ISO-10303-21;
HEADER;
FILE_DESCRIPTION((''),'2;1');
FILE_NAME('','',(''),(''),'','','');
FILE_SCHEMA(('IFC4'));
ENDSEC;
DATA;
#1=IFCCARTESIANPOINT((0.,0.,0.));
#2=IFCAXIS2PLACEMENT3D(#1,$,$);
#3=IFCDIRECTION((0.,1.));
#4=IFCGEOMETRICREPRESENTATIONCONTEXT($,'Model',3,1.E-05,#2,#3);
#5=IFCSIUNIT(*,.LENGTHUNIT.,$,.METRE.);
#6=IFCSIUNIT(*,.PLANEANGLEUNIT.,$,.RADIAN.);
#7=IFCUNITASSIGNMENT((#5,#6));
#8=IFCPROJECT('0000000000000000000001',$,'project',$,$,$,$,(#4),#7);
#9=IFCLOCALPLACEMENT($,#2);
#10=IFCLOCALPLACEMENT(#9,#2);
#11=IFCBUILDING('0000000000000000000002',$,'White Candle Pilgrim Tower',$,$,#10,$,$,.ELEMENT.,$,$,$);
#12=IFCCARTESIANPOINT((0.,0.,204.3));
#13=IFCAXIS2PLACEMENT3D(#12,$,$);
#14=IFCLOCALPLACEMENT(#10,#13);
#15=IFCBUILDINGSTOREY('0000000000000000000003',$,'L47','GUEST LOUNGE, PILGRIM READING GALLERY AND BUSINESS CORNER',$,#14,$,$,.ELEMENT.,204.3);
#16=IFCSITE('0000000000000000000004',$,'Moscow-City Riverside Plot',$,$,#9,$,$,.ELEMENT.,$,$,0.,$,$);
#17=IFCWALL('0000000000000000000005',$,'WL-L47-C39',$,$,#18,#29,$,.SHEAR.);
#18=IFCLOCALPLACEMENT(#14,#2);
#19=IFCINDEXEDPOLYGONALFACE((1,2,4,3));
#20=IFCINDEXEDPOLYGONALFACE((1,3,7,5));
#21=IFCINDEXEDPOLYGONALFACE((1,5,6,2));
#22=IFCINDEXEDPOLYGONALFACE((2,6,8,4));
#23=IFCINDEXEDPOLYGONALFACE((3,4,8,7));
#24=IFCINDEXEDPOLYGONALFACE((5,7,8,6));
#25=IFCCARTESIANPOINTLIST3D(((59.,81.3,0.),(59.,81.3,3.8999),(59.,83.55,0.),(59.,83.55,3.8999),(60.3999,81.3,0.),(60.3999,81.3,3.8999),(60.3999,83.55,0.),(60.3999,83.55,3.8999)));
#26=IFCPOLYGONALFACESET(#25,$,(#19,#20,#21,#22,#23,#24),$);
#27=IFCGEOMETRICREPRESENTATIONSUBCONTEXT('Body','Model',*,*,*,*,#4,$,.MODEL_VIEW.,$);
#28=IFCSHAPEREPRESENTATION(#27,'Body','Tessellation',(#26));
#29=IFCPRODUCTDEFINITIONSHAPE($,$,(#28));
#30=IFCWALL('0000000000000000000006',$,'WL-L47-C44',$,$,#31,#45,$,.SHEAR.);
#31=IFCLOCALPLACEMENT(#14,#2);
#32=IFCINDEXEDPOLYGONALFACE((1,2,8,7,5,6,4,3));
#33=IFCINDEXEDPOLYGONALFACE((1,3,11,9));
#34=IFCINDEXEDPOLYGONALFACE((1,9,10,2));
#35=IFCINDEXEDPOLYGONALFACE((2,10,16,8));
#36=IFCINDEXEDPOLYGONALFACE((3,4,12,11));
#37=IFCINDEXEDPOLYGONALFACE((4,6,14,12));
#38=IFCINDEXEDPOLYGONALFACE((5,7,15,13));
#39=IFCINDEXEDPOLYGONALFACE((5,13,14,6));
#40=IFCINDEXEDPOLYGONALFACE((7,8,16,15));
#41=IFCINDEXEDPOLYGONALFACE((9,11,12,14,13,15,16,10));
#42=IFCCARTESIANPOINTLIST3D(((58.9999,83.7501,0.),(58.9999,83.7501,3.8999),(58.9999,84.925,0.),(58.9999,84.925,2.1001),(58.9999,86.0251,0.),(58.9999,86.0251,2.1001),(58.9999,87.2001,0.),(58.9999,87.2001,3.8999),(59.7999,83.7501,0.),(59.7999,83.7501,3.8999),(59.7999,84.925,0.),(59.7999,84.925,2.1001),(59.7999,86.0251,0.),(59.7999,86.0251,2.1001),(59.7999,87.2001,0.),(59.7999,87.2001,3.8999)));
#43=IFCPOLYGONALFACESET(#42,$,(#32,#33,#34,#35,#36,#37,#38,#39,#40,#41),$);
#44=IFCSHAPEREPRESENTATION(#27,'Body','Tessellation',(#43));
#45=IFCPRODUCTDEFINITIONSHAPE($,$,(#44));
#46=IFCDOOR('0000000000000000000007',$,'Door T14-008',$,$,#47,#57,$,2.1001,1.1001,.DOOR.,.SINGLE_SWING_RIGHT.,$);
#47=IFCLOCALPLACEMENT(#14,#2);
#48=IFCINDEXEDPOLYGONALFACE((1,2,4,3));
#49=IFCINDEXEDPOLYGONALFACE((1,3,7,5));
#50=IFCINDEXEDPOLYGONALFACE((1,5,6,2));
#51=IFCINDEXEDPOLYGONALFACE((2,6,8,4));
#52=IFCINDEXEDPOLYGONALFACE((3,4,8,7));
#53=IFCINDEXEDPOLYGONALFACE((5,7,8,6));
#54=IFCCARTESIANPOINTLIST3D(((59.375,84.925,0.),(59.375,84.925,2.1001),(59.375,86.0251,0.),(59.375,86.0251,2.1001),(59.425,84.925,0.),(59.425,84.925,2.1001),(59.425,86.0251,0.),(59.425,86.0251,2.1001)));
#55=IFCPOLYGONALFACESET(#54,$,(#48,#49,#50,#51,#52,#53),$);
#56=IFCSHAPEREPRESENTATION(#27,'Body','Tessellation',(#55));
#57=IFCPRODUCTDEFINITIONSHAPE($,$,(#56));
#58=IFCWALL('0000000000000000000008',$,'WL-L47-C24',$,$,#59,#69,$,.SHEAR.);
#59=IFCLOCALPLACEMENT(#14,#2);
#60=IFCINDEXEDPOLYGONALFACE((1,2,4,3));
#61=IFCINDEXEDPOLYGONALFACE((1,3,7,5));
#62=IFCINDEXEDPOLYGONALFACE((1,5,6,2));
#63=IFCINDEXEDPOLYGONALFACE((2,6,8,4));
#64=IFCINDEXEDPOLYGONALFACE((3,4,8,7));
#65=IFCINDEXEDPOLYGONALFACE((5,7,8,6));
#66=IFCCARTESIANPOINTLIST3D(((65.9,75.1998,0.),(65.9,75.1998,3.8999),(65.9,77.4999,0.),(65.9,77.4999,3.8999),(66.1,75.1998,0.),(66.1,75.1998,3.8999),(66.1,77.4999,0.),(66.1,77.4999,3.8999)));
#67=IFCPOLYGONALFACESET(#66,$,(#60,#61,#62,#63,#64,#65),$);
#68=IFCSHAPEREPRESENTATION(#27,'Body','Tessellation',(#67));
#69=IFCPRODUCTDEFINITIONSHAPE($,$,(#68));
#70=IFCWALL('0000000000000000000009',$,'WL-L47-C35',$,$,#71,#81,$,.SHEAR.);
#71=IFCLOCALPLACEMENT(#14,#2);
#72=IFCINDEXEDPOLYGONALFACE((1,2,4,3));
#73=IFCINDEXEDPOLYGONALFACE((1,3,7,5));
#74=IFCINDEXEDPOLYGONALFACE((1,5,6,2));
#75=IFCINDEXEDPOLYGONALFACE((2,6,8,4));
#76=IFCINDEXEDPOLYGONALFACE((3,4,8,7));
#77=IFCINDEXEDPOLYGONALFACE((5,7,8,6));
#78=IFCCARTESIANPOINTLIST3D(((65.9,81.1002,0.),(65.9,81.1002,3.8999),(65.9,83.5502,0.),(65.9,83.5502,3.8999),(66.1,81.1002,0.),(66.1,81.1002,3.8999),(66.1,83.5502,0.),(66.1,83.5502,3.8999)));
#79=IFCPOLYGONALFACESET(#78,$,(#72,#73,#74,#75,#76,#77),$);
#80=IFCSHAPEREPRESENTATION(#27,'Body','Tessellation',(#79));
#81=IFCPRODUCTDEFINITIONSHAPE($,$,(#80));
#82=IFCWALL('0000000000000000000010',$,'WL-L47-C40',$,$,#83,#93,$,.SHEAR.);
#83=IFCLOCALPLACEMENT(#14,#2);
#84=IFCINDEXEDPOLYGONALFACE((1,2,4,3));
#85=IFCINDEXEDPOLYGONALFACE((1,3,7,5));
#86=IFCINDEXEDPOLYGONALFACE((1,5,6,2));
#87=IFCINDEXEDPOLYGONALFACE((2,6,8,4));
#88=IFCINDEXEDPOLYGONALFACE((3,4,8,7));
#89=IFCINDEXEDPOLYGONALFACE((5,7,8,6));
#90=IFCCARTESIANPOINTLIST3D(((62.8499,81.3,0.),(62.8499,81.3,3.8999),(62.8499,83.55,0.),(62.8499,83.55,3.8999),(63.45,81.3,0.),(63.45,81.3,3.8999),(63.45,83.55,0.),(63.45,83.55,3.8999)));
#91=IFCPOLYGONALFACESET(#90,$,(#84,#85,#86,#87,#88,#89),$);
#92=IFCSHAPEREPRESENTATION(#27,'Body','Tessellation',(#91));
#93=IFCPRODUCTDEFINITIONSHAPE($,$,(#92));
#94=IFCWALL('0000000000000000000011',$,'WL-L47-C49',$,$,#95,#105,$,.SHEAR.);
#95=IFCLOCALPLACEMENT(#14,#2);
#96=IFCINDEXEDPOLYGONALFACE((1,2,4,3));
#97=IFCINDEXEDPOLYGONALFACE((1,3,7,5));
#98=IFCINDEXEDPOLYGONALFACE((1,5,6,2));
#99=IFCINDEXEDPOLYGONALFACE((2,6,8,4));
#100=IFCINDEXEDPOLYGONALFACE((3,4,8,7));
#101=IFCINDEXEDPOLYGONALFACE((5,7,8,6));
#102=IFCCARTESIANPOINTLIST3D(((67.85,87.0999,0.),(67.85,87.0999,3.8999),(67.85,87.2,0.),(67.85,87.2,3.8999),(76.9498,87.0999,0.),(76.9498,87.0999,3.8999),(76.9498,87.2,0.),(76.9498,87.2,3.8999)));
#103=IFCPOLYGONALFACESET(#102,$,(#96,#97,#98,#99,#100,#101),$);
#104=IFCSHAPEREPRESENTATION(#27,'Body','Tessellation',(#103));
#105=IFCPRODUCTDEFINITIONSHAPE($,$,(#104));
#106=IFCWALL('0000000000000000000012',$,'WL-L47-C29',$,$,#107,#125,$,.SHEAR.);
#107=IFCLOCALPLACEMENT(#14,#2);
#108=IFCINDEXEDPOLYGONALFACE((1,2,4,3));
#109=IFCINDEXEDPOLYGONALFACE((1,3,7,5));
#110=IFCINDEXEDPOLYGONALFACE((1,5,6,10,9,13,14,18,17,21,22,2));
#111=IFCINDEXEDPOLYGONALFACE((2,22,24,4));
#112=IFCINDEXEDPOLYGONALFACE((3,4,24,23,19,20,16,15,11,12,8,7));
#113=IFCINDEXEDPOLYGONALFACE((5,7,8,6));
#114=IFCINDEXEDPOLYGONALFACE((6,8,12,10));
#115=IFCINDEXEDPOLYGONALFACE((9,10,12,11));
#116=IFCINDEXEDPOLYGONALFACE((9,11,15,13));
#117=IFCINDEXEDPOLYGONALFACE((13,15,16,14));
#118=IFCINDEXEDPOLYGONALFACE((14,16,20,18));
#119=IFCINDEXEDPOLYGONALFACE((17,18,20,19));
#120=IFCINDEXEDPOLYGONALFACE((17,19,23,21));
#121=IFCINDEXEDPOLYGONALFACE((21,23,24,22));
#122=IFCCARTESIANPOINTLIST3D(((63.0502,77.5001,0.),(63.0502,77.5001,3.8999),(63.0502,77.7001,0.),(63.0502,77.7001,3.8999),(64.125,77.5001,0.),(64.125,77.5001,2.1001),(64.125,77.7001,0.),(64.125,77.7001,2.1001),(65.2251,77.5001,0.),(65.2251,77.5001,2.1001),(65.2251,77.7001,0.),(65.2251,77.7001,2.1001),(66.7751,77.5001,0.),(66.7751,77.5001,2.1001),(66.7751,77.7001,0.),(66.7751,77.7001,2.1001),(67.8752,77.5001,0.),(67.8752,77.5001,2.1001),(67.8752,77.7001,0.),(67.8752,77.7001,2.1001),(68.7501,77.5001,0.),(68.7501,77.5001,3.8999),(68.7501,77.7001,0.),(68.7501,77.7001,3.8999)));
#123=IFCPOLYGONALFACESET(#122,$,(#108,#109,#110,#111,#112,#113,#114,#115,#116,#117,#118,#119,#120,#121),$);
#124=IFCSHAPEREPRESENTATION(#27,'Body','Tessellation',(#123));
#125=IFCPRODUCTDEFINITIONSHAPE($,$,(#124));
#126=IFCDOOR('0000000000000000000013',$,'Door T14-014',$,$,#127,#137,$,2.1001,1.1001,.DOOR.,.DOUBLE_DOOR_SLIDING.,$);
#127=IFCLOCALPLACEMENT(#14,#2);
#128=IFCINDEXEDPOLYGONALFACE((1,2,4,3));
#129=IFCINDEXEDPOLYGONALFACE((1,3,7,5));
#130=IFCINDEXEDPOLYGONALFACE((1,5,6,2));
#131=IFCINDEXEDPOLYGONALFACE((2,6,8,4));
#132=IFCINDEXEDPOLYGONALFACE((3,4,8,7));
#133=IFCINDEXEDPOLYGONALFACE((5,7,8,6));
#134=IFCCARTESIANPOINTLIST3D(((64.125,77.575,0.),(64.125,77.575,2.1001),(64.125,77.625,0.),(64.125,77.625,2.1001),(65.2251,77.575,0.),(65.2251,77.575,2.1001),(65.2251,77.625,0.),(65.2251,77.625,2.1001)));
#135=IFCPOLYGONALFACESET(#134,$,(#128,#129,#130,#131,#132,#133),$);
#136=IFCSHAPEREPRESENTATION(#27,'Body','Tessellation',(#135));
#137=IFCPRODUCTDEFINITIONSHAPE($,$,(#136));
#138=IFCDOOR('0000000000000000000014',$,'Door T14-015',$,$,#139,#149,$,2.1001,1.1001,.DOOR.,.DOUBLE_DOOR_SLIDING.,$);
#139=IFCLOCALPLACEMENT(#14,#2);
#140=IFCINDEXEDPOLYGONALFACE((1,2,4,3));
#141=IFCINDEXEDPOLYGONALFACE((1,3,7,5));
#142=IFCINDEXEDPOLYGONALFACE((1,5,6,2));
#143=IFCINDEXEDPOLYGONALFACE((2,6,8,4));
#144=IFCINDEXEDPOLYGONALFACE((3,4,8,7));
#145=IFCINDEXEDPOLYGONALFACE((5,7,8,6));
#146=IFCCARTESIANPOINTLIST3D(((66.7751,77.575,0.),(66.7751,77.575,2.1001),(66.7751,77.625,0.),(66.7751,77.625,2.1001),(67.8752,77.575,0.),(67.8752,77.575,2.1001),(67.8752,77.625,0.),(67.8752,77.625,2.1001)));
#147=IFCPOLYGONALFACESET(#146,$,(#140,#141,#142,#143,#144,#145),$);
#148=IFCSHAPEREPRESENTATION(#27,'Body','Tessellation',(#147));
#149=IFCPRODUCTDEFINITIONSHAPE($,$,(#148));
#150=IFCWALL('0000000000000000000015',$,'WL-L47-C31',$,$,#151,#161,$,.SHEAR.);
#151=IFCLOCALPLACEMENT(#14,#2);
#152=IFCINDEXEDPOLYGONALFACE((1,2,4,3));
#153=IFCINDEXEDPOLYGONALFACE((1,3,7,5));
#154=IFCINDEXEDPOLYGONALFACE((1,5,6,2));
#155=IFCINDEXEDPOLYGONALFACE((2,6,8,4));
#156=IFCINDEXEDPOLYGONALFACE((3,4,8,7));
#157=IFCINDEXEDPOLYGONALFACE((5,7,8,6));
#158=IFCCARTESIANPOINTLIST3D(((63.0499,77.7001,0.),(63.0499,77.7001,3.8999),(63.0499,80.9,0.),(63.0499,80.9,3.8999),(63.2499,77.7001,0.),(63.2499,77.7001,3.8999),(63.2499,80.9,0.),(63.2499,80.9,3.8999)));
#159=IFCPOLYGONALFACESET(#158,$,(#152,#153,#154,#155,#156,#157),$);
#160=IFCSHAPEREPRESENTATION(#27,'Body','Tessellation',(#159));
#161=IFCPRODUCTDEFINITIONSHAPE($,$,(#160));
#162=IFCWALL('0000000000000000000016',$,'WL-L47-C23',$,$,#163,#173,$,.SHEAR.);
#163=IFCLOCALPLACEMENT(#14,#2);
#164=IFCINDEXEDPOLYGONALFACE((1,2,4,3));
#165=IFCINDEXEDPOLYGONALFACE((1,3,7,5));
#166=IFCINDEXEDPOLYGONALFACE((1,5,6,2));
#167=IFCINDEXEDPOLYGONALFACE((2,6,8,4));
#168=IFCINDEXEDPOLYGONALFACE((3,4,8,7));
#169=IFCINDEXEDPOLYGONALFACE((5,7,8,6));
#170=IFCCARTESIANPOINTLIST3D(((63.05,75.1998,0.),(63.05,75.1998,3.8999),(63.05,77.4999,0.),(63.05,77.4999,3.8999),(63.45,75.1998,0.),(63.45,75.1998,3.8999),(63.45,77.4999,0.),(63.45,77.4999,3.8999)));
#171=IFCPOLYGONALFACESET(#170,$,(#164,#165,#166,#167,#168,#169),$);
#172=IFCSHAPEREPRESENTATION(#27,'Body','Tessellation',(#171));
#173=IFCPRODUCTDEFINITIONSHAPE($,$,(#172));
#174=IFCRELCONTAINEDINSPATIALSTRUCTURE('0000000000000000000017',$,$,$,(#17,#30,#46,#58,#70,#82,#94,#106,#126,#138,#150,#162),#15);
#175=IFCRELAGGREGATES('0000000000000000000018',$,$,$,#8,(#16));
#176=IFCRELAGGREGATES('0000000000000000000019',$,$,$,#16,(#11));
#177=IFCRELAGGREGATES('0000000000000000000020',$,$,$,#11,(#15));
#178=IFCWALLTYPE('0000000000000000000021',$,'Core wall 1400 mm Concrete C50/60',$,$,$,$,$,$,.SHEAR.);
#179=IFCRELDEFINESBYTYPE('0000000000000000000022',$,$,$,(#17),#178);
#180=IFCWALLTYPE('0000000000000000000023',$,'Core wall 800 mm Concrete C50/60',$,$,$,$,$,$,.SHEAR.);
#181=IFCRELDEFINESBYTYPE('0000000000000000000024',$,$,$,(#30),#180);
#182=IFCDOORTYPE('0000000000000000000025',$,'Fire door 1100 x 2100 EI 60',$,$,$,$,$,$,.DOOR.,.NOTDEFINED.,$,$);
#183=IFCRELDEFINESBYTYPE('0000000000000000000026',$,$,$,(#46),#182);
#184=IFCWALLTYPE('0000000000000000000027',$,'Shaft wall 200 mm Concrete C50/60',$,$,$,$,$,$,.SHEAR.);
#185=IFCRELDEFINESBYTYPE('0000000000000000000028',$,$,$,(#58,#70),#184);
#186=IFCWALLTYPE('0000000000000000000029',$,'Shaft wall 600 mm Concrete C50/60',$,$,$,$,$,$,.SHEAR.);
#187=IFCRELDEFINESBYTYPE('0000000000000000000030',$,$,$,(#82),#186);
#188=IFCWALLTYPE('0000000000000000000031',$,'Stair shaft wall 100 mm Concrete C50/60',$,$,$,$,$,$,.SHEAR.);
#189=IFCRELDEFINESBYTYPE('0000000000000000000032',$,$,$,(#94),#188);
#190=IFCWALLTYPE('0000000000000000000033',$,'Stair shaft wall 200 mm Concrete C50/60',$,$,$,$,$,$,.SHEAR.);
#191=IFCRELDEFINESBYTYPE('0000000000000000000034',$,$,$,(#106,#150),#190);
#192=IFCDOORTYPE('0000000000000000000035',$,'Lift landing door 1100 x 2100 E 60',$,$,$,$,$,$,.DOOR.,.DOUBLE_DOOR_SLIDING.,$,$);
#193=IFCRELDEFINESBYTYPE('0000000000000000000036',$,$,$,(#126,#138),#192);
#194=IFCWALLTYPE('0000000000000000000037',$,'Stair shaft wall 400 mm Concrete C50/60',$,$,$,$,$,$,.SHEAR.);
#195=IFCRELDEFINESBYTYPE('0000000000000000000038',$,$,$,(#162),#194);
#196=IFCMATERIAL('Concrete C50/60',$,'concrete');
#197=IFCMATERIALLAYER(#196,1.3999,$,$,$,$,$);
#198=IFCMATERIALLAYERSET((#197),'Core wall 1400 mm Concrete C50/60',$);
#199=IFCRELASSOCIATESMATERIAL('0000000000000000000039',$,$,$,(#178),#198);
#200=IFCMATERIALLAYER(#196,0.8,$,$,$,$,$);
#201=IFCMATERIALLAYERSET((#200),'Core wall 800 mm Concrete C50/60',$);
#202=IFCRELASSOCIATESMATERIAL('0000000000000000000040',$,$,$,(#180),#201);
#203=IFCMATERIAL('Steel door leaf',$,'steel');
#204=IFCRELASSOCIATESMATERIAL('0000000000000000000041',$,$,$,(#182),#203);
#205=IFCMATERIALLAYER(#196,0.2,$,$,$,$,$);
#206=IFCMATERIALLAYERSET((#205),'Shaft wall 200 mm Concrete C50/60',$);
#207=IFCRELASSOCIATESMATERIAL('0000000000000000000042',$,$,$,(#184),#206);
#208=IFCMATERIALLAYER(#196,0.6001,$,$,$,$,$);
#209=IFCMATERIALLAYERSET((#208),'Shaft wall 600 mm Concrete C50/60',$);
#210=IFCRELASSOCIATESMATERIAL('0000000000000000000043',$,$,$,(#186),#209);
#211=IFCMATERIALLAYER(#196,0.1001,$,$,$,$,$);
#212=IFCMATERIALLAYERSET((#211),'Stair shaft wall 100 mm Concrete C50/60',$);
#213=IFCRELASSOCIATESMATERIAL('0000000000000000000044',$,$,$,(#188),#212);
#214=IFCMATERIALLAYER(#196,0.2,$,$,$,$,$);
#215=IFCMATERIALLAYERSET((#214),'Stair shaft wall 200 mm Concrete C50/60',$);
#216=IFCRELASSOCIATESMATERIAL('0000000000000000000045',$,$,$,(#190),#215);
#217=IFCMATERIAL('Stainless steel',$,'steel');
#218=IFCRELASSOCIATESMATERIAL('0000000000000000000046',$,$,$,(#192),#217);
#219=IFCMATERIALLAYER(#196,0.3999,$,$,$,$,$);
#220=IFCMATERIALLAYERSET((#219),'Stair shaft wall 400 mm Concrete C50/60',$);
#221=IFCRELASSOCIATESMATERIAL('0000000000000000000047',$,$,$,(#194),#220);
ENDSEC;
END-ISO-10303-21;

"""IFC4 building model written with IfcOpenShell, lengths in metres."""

from ifc_helpers import new_model, si_unit, direction, frame, frame_2d, origin, place, context, subcontext, project, spatial, rectangle, extrude, material, layer, layer_set, type_object, element, fill, save


model = new_model("IFC4")

# Units and contexts
model_context = context("Model", 3, precision=1e-05, world=origin(), true_north=direction((0.0, 1.0)))
body_context = subcontext(model_context, "Body", "Model", "MODEL_VIEW")
ifc_project = project(units=[si_unit("LENGTHUNIT", "METRE"), si_unit("PLANEANGLEUNIT", "RADIAN")], contexts=[model_context])

# Site, building, storey
site_placement = place(None, origin())
site = spatial("IfcSite", under=ifc_project, at=site_placement, Name="Moscow-City Riverside Plot", CompositionType="ELEMENT", RefElevation=0.0)
building_placement = place(site_placement, origin())
building = spatial("IfcBuilding", under=site, at=building_placement, Name="White Candle Pilgrim Tower", CompositionType="ELEMENT")
storey_placement = place(building_placement, frame((0.0, 0.0, 204.3)))
storey = spatial("IfcBuildingStorey", under=building, at=storey_placement, Name="L47", Description="GUEST LOUNGE, PILGRIM READING GALLERY AND BUSINESS CORNER", CompositionType="ELEMENT", Elevation=204.3)

# Wall
ifc_material_1 = material(Name="Concrete C50/60", Category="concrete")
ifc_layer_1 = layer(ifc_material_1, 1.3999)
ifc_layer_set_1 = layer_set([ifc_layer_1], Name="Core wall 1400 mm Concrete C50/60")
wall_type_1 = type_object("IfcWallType", Name="Core wall 1400 mm Concrete C50/60", PredefinedType="SHEAR", material=ifc_layer_set_1)
wall_1_placement = place(storey_placement, frame((59.7, 81.3, 0.0), z_axis=(0.0, 0.0, 1.0), x_axis=(0.0, 1.0, 0.0)))
element("IfcWall", 1, at=wall_1_placement, inside=storey, type_object=wall_type_1, Name="WL-L47-C39", PredefinedType="SHEAR", context=body_context, shape_type="SweptSolid", body=[
    extrude(rectangle(XDim=2.25, YDim=1.3999, at=frame_2d((1.125, 0.0))), origin(), (0.0, 0.0, 1.0), 3.8999),
])

# Wall, opening, door
ifc_layer_2 = layer(ifc_material_1, 0.8)
ifc_layer_set_2 = layer_set([ifc_layer_2], Name="Core wall 800 mm Concrete C50/60")
wall_type_2 = type_object("IfcWallType", Name="Core wall 800 mm Concrete C50/60", PredefinedType="SHEAR", material=ifc_layer_set_2)
wall_2_placement = place(storey_placement, frame((59.3999, 83.75, 0.0), z_axis=(0.0, 0.0, 1.0), x_axis=(0.0, 1.0, 0.0)))
wall_2 = element("IfcWall", 2, at=wall_2_placement, inside=storey, type_object=wall_type_2, Name="WL-L47-C44", PredefinedType="SHEAR", context=body_context, shape_type="SweptSolid", body=[
    extrude(rectangle(XDim=3.45, YDim=0.8, at=frame_2d((1.7251, 0.0))), origin(), (0.0, 0.0, 1.0), 3.8999),
])
opening_1_placement = place(wall_2_placement, frame((1.175, 0.0, 0.0)))
opening_1 = element("IfcOpeningElement", 3, at=opening_1_placement, cuts=wall_2, PredefinedType="OPENING", context=body_context, shape_type="SweptSolid", body=[
    extrude(rectangle(XDim=1.1001, YDim=2.1001, at=frame_2d((0.55, 1.05))), frame((0.0, 0.4099, 0.0), z_axis=(0.0, -1.0, 0.0), x_axis=(1.0, 0.0, 0.0)), (0.0, 0.0, 1.0), 0.8201),
])
ifc_material_2 = material(Name="Steel door leaf", Category="steel")
door_type_1 = type_object("IfcDoorType", Name="Fire door 1100 x 2100 EI 60", OperationType="NOTDEFINED", PredefinedType="DOOR", material=ifc_material_2)
door_1_placement = place(opening_1_placement, origin())
door_1 = element("IfcDoor", 4, at=door_1_placement, inside=storey, type_object=door_type_1, Name="Door T14-008", OperationType="SINGLE_SWING_RIGHT", OverallHeight=2.1001, OverallWidth=1.1001, PredefinedType="DOOR", context=body_context, shape_type="SweptSolid", body=[
    extrude(rectangle(XDim=1.1001, YDim=2.1001, at=frame_2d((0.55, 1.05))), frame((0.0, 0.0249, 0.0), z_axis=(0.0, -1.0, 0.0), x_axis=(1.0, 0.0, 0.0)), (0.0, 0.0, 1.0), 0.05),
])
fill(opening_1, door_1)

# Walls
ifc_layer_3 = layer(ifc_material_1, 0.2)
ifc_layer_set_3 = layer_set([ifc_layer_3], Name="Shaft wall 200 mm Concrete C50/60")
wall_type_3 = type_object("IfcWallType", Name="Shaft wall 200 mm Concrete C50/60", PredefinedType="SHEAR", material=ifc_layer_set_3)
wall_3_placement = place(storey_placement, frame((66.0, 75.2, 0.0), z_axis=(0.0, 0.0, 1.0), x_axis=(0.0, 1.0, 0.0)))
element("IfcWall", 5, at=wall_3_placement, inside=storey, type_object=wall_type_3, Name="WL-L47-C24", PredefinedType="SHEAR", context=body_context, shape_type="SweptSolid", body=[
    extrude(rectangle(XDim=2.3, YDim=0.2, at=frame_2d((1.1499, 0.0))), origin(), (0.0, 0.0, 1.0), 3.8999),
])
wall_4_placement = place(storey_placement, frame((66.0, 81.1001, 0.0), z_axis=(0.0, 0.0, 1.0), x_axis=(0.0, 1.0, 0.0)))
element("IfcWall", 6, at=wall_4_placement, inside=storey, type_object=wall_type_3, Name="WL-L47-C35", PredefinedType="SHEAR", context=body_context, shape_type="SweptSolid", body=[
    extrude(rectangle(XDim=2.45, YDim=0.2, at=frame_2d((1.2251, 0.0))), origin(), (0.0, 0.0, 1.0), 3.8999),
])
ifc_layer_4 = layer(ifc_material_1, 0.6001)
ifc_layer_set_4 = layer_set([ifc_layer_4], Name="Shaft wall 600 mm Concrete C50/60")
wall_type_4 = type_object("IfcWallType", Name="Shaft wall 600 mm Concrete C50/60", PredefinedType="SHEAR", material=ifc_layer_set_4)
wall_5_placement = place(storey_placement, frame((63.1499, 81.3, 0.0), z_axis=(0.0, 0.0, 1.0), x_axis=(0.0, 1.0, 0.0)))
element("IfcWall", 7, at=wall_5_placement, inside=storey, type_object=wall_type_4, Name="WL-L47-C40", PredefinedType="SHEAR", context=body_context, shape_type="SweptSolid", body=[
    extrude(rectangle(XDim=2.25, YDim=0.6001, at=frame_2d((1.125, 0.0))), origin(), (0.0, 0.0, 1.0), 3.8999),
])
ifc_layer_5 = layer(ifc_material_1, 0.1001)
ifc_layer_set_5 = layer_set([ifc_layer_5], Name="Stair shaft wall 100 mm Concrete C50/60")
wall_type_5 = type_object("IfcWallType", Name="Stair shaft wall 100 mm Concrete C50/60", PredefinedType="SHEAR", material=ifc_layer_set_5)
wall_6_placement = place(storey_placement, frame((67.8501, 87.1499, 0.0), z_axis=(0.0, 0.0, 1.0), x_axis=(1.0, 0.0, 0.0)))
element("IfcWall", 8, at=wall_6_placement, inside=storey, type_object=wall_type_5, Name="WL-L47-C49", PredefinedType="SHEAR", context=body_context, shape_type="SweptSolid", body=[
    extrude(rectangle(XDim=9.0999, YDim=0.1001, at=frame_2d((4.5498, 0.0))), origin(), (0.0, 0.0, 1.0), 3.8999),
])

# Wall, openings, doors
ifc_layer_6 = layer(ifc_material_1, 0.2)
ifc_layer_set_6 = layer_set([ifc_layer_6], Name="Stair shaft wall 200 mm Concrete C50/60")
wall_type_6 = type_object("IfcWallType", Name="Stair shaft wall 200 mm Concrete C50/60", PredefinedType="SHEAR", material=ifc_layer_set_6)
wall_7_placement = place(storey_placement, frame((63.05, 77.6001, 0.0), z_axis=(0.0, 0.0, 1.0), x_axis=(1.0, 0.0, 0.0)))
wall_7 = element("IfcWall", 9, at=wall_7_placement, inside=storey, type_object=wall_type_6, Name="WL-L47-C29", PredefinedType="SHEAR", context=body_context, shape_type="SweptSolid", body=[
    extrude(rectangle(XDim=5.7, YDim=0.2, at=frame_2d((2.8501, 0.0))), origin(), (0.0, 0.0, 1.0), 3.8999),
])
opening_2_placement = place(wall_7_placement, frame((1.075, 0.0, 0.0)))
opening_2 = element("IfcOpeningElement", 10, at=opening_2_placement, cuts=wall_7, PredefinedType="OPENING", context=body_context, shape_type="SweptSolid", body=[
    extrude(rectangle(XDim=1.1001, YDim=2.1001, at=frame_2d((0.55, 1.05))), frame((0.0, 0.1099, 0.0), z_axis=(0.0, -1.0, 0.0), x_axis=(1.0, 0.0, 0.0)), (0.0, 0.0, 1.0), 0.22),
])
opening_3_placement = place(wall_7_placement, frame((3.7251, 0.0, 0.0)))
opening_3 = element("IfcOpeningElement", 11, at=opening_3_placement, cuts=wall_7, PredefinedType="OPENING", context=body_context, shape_type="SweptSolid", body=[
    extrude(rectangle(XDim=1.1001, YDim=2.1001, at=frame_2d((0.55, 1.05))), frame((0.0, 0.1099, 0.0), z_axis=(0.0, -1.0, 0.0), x_axis=(1.0, 0.0, 0.0)), (0.0, 0.0, 1.0), 0.22),
])
ifc_material_3 = material(Name="Stainless steel", Category="steel")
door_type_2 = type_object("IfcDoorType", Name="Lift landing door 1100 x 2100 E 60", OperationType="DOUBLE_DOOR_SLIDING", PredefinedType="DOOR", material=ifc_material_3)
door_2_placement = place(opening_2_placement, origin())
door_2 = element("IfcDoor", 12, at=door_2_placement, inside=storey, type_object=door_type_2, Name="Door T14-014", OperationType="DOUBLE_DOOR_SLIDING", OverallHeight=2.1001, OverallWidth=1.1001, PredefinedType="DOOR", context=body_context, shape_type="SweptSolid", body=[
    extrude(rectangle(XDim=1.1001, YDim=2.1001, at=frame_2d((0.55, 1.05))), frame((0.0, 0.0249, 0.0), z_axis=(0.0, -1.0, 0.0), x_axis=(1.0, 0.0, 0.0)), (0.0, 0.0, 1.0), 0.05),
])
fill(opening_2, door_2)
door_3_placement = place(opening_3_placement, origin())
door_3 = element("IfcDoor", 13, at=door_3_placement, inside=storey, type_object=door_type_2, Name="Door T14-015", OperationType="DOUBLE_DOOR_SLIDING", OverallHeight=2.1001, OverallWidth=1.1001, PredefinedType="DOOR", context=body_context, shape_type="SweptSolid", body=[
    extrude(rectangle(XDim=1.1001, YDim=2.1001, at=frame_2d((0.55, 1.05))), frame((0.0, 0.0249, 0.0), z_axis=(0.0, -1.0, 0.0), x_axis=(1.0, 0.0, 0.0)), (0.0, 0.0, 1.0), 0.05),
])
fill(opening_3, door_3)

# Walls
wall_8_placement = place(storey_placement, frame((63.1499, 77.7, 0.0), z_axis=(0.0, 0.0, 1.0), x_axis=(0.0, 1.0, 0.0)))
element("IfcWall", 14, at=wall_8_placement, inside=storey, type_object=wall_type_6, Name="WL-L47-C31", PredefinedType="SHEAR", context=body_context, shape_type="SweptSolid", body=[
    extrude(rectangle(XDim=3.2, YDim=0.2, at=frame_2d((1.6001, 0.0))), origin(), (0.0, 0.0, 1.0), 3.8999),
])
ifc_layer_7 = layer(ifc_material_1, 0.3999)
ifc_layer_set_7 = layer_set([ifc_layer_7], Name="Stair shaft wall 400 mm Concrete C50/60")
wall_type_7 = type_object("IfcWallType", Name="Stair shaft wall 400 mm Concrete C50/60", PredefinedType="SHEAR", material=ifc_layer_set_7)
wall_9_placement = place(storey_placement, frame((63.25, 75.2, 0.0), z_axis=(0.0, 0.0, 1.0), x_axis=(0.0, 1.0, 0.0)))
element("IfcWall", 15, at=wall_9_placement, inside=storey, type_object=wall_type_7, Name="WL-L47-C23", PredefinedType="SHEAR", context=body_context, shape_type="SweptSolid", body=[
    extrude(rectangle(XDim=2.3, YDim=0.3999, at=frame_2d((1.1499, 0.0))), origin(), (0.0, 0.0, 1.0), 3.8999),
])

save(model, "model.ifc")
